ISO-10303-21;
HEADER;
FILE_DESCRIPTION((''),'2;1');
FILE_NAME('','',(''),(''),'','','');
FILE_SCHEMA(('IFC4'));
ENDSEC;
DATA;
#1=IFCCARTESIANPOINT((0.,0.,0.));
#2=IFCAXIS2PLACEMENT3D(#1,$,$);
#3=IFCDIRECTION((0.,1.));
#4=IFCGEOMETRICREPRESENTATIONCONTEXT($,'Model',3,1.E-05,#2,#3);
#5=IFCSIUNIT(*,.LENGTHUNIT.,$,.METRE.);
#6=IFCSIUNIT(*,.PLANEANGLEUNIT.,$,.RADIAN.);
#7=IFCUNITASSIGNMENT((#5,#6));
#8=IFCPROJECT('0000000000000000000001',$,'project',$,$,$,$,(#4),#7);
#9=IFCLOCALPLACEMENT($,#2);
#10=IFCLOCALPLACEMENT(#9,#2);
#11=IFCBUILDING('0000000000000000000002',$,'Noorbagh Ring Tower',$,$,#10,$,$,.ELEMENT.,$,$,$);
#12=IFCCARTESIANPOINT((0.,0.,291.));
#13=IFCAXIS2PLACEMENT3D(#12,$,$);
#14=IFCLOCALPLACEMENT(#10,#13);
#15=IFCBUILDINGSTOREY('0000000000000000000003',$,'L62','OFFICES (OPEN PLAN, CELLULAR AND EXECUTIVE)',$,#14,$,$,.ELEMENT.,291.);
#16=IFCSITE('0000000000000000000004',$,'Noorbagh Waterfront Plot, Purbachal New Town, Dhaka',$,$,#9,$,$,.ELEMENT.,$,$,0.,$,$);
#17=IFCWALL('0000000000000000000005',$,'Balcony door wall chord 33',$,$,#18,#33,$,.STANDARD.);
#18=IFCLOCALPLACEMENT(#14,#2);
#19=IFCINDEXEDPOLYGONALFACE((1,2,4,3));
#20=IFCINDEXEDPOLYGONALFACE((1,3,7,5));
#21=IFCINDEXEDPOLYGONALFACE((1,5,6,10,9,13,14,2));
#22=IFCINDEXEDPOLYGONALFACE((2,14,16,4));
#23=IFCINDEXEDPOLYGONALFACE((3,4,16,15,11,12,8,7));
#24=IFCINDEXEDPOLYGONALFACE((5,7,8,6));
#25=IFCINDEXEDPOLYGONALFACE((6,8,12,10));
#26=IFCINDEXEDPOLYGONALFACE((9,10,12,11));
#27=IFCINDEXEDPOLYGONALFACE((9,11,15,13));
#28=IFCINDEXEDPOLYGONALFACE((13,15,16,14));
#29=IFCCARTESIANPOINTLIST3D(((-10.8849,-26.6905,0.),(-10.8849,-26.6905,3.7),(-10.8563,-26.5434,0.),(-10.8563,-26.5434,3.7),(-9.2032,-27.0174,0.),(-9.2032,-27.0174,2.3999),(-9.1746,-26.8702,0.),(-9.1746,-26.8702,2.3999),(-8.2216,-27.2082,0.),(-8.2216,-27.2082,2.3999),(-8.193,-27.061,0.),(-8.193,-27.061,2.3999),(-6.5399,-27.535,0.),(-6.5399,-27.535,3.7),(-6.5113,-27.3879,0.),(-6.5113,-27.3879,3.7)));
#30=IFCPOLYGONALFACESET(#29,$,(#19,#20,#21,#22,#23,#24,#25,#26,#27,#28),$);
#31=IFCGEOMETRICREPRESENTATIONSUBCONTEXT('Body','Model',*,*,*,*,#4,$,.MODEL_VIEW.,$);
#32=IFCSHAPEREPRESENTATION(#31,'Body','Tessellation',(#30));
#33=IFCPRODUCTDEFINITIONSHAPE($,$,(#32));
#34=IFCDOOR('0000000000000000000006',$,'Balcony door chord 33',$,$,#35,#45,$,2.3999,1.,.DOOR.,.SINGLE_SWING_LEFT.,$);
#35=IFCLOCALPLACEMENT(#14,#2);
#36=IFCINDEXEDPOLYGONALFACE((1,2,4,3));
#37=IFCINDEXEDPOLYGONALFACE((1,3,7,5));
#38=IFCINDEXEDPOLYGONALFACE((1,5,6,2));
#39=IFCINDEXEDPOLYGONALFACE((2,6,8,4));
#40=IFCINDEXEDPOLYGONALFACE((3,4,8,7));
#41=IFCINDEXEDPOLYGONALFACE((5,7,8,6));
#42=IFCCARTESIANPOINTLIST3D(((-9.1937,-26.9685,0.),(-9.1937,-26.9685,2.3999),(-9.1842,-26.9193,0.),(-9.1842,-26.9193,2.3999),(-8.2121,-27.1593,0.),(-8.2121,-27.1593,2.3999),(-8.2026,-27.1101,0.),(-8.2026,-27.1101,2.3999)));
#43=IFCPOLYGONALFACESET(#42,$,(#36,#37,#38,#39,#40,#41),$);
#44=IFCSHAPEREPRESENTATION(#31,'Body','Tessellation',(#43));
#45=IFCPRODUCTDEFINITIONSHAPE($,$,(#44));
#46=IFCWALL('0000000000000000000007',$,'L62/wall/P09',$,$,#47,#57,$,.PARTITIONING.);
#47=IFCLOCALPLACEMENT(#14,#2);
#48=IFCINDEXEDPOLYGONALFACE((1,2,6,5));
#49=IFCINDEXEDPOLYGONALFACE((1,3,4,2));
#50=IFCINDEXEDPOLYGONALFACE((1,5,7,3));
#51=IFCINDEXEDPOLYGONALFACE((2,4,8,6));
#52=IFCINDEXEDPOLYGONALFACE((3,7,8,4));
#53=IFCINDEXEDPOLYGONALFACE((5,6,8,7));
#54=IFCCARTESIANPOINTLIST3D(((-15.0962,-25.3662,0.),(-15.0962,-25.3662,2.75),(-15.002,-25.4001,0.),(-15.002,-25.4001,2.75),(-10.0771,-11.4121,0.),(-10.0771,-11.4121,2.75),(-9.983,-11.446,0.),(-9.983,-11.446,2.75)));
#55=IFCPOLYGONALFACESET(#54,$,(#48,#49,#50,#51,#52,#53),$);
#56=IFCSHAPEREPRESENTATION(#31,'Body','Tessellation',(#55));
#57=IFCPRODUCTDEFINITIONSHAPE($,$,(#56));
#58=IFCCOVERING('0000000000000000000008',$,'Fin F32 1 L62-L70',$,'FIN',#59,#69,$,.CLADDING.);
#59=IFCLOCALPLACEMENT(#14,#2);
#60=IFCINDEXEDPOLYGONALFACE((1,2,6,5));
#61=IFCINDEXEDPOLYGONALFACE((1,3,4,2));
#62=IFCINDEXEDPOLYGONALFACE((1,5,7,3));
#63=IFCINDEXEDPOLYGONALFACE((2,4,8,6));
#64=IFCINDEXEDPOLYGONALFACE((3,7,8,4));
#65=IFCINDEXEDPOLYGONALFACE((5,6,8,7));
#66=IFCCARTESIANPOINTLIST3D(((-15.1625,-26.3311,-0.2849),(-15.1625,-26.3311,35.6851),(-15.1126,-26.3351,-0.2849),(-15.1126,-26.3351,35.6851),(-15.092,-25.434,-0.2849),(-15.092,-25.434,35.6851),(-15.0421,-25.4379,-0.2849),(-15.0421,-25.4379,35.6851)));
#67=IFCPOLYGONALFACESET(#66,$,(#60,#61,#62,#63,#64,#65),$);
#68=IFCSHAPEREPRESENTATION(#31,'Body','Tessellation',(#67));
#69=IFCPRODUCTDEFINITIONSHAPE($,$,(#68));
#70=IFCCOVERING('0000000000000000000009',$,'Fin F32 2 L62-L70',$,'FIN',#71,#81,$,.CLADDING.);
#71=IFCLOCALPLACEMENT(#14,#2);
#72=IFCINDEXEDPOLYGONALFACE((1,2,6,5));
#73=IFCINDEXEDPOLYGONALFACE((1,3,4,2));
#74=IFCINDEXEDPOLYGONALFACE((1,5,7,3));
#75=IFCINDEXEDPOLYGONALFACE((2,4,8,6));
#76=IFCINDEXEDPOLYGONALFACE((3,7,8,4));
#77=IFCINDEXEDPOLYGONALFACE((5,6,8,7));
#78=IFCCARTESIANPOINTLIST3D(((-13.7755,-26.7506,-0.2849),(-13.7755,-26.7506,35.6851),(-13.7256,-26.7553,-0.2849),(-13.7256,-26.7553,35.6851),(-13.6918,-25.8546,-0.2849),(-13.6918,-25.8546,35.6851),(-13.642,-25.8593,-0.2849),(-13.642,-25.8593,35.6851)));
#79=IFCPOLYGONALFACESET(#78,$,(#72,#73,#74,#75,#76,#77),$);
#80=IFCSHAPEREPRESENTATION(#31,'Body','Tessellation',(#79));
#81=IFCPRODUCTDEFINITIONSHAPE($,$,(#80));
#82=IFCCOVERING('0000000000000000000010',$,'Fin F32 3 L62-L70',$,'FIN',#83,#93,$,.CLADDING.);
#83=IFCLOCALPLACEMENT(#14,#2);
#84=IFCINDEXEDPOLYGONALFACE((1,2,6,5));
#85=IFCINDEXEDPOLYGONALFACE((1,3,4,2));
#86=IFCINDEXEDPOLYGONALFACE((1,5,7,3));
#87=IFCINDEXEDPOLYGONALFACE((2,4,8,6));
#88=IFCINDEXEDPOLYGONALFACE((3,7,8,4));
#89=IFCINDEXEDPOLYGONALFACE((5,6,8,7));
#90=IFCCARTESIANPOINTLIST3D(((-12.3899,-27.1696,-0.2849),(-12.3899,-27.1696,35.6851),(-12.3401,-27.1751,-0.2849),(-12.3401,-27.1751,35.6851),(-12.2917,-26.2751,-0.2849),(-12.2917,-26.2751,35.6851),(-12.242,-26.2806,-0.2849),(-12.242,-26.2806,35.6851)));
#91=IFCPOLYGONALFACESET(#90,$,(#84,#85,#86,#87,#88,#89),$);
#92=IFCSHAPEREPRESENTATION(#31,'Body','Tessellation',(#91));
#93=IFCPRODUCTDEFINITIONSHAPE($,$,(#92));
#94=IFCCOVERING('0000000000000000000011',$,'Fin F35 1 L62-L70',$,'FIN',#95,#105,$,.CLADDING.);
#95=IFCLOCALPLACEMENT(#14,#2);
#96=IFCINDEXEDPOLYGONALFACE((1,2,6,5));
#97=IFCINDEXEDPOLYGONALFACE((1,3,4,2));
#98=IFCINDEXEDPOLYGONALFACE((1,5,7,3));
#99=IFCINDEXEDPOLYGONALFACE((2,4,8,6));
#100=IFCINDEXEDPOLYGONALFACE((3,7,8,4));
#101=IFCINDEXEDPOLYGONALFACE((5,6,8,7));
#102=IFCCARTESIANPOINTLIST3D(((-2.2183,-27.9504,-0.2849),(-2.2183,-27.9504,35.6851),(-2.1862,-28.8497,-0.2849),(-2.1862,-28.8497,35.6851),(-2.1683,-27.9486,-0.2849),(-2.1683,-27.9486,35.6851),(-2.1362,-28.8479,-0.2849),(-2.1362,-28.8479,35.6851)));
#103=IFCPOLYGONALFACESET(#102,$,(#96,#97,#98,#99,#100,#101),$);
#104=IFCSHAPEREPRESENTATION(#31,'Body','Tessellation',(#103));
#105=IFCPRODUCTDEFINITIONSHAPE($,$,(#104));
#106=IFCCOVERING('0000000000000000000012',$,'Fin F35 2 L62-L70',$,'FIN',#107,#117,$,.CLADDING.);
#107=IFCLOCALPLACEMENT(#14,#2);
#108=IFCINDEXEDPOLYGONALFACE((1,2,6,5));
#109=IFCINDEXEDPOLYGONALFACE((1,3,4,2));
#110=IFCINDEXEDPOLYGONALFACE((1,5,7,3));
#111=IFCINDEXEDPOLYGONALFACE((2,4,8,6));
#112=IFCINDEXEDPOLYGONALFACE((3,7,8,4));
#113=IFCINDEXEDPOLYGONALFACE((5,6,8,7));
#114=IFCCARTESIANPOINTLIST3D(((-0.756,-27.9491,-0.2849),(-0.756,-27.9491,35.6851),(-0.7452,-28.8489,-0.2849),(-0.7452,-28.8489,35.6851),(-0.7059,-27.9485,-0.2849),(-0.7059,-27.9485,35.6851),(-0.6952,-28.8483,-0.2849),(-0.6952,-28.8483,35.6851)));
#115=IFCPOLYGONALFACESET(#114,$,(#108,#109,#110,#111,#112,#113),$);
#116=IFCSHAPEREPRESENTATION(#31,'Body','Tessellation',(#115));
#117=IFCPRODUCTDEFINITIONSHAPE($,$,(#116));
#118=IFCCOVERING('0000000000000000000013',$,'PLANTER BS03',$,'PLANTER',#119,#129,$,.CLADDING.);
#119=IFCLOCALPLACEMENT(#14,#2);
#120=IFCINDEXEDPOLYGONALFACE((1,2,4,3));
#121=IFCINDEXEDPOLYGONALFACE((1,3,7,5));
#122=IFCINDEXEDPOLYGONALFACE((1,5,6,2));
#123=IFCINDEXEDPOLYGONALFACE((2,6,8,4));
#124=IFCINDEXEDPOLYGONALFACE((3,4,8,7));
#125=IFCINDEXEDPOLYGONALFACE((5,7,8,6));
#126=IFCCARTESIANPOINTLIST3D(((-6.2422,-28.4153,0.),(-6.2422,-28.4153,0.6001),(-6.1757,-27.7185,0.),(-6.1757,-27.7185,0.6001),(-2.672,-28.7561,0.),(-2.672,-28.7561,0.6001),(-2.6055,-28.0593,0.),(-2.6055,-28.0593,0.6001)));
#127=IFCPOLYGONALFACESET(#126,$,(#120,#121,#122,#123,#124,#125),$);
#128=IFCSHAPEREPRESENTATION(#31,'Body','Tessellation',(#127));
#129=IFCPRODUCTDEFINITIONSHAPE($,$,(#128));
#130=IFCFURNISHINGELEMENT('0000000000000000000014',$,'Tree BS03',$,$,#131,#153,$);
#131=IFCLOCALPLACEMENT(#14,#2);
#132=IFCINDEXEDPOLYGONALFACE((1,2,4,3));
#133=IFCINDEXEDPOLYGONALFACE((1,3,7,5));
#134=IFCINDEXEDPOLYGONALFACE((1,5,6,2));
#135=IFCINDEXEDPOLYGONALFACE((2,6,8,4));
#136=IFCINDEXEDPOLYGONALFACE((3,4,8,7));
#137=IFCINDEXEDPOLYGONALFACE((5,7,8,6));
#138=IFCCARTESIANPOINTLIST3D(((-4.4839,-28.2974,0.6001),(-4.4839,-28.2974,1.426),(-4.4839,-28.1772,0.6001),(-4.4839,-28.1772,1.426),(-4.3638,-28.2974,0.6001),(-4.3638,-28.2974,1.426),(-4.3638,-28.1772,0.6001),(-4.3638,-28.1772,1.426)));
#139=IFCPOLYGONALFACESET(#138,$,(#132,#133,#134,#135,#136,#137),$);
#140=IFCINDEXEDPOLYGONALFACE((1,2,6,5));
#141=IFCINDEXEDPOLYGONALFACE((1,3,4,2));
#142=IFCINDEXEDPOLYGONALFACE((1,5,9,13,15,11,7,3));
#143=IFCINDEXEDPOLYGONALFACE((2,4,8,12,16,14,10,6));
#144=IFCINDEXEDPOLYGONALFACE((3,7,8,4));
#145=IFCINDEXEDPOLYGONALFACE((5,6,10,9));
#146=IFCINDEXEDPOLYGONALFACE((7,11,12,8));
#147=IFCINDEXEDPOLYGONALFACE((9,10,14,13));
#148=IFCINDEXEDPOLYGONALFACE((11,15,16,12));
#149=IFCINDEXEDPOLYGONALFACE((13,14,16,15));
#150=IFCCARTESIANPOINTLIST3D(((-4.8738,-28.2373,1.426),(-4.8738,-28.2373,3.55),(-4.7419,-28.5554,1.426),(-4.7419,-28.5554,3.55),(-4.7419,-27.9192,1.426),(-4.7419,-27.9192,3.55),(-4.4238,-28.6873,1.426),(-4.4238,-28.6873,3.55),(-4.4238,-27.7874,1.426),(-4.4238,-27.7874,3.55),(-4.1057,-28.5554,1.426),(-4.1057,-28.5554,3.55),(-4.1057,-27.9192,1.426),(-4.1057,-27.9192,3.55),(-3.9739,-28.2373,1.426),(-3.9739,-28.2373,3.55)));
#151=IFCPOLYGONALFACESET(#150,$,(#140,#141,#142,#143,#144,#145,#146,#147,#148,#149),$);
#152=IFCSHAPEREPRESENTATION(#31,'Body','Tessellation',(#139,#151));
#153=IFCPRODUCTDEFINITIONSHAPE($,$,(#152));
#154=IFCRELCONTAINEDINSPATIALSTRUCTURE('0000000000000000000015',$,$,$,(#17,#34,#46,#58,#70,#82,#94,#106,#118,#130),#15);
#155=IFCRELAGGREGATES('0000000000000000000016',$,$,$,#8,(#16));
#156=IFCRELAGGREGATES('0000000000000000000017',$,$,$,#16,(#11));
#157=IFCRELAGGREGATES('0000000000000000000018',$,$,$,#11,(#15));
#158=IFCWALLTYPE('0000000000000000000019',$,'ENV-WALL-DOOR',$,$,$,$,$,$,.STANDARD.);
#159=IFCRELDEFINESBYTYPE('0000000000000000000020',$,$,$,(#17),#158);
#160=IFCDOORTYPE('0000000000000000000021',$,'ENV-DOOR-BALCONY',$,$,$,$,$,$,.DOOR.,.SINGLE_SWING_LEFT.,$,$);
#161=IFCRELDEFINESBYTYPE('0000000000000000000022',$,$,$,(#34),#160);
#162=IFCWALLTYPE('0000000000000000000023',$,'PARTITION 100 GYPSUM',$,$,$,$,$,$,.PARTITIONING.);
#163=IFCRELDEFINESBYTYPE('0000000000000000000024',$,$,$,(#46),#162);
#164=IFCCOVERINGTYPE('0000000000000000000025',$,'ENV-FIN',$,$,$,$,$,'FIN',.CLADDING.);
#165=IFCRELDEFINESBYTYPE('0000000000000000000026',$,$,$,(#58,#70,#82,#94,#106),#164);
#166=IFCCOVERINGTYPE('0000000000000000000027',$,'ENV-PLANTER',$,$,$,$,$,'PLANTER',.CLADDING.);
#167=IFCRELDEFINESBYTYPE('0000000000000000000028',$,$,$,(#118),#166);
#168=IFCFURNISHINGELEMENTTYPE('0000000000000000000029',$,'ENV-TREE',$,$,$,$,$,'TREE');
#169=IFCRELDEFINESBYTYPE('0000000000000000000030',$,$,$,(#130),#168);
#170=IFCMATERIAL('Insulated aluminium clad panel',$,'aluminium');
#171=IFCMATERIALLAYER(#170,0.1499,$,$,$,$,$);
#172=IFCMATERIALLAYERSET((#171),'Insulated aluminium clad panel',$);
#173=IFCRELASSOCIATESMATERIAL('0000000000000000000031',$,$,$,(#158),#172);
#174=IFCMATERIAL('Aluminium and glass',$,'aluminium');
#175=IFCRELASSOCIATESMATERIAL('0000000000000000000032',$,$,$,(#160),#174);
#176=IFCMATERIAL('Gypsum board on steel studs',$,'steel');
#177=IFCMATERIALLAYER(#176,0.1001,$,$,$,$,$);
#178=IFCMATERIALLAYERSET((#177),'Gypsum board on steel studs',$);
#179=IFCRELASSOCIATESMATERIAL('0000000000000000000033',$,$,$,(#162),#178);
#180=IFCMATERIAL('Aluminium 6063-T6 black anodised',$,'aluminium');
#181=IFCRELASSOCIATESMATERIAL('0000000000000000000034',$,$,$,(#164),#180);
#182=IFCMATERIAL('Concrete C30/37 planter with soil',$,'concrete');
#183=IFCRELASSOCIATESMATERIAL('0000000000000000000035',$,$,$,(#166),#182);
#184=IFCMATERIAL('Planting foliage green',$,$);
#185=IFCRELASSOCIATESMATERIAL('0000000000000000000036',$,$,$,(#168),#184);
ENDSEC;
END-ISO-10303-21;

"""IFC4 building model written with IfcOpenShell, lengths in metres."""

from ifc_helpers import new_model, si_unit, direction, frame, frame_2d, origin, origin_2d, place, context, subcontext, project, spatial, polyline, rectangle, outline, extrude, material, layer, layer_set, material_profile, profile_set, type_object, element, fill, save


model = new_model("IFC4")

# Units and contexts
model_context = context("Model", 3, precision=1e-05, world=origin(), true_north=direction((0.0, 1.0)))
body_context = subcontext(model_context, "Body", "Model", "MODEL_VIEW")
ifc_project = project(units=[si_unit("LENGTHUNIT", "METRE"), si_unit("PLANEANGLEUNIT", "RADIAN")], contexts=[model_context])

# Site, building, storey
site_placement = place(None, origin())
site = spatial("IfcSite", under=ifc_project, at=site_placement, Name="Noorbagh Waterfront Plot, Purbachal New Town, Dhaka", CompositionType="ELEMENT", RefElevation=0.0)
building_placement = place(site_placement, origin())
building = spatial("IfcBuilding", under=site, at=building_placement, Name="Noorbagh Ring Tower", CompositionType="ELEMENT")
storey_placement = place(building_placement, frame((0.0, 0.0, 291.0)))
storey = spatial("IfcBuildingStorey", under=building, at=storey_placement, Name="L62", Description="OFFICES (OPEN PLAN, CELLULAR AND EXECUTIVE)", CompositionType="ELEMENT", Elevation=291.0)

# Wall, opening, door
ifc_material_1 = material(Name="Insulated aluminium clad panel", Category="aluminium")
ifc_layer_1 = layer(ifc_material_1, 0.1499)
ifc_layer_set_1 = layer_set([ifc_layer_1], Name="Insulated aluminium clad panel")
wall_type_1 = type_object("IfcWallType", Name="ENV-WALL-DOOR", PredefinedType="STANDARD", material=ifc_layer_set_1)
wall_1_placement = place(storey_placement, frame((-10.8706, -26.6169, 0.0), z_axis=(0.0, 0.0, 1.0), x_axis=(0.981631, -0.190788, 0.0)))
wall_1 = element("IfcWall", 1, at=wall_1_placement, inside=storey, type_object=wall_type_1, Name="Balcony door wall chord 33", PredefinedType="STANDARD", context=body_context, shape_type="SweptSolid", body=[
    extrude(rectangle(XDim=4.4263, YDim=0.1499, at=frame_2d((2.2131, 0.0))), origin(), (0.0, 0.0, 1.0), 3.7),
])
opening_placement = place(wall_1_placement, frame((1.7131, 0.0, 0.0)))
opening = element("IfcOpeningElement", 2, at=opening_placement, cuts=wall_1, PredefinedType="OPENING", context=body_context, shape_type="SweptSolid", body=[
    extrude(rectangle(XDim=1.0, YDim=2.3999, at=frame_2d((0.5, 1.2))), frame((0.0, 0.085, 0.0), z_axis=(0.0, -1.0, 0.0), x_axis=(1.0, 0.0, 0.0)), (0.0, 0.0, 1.0), 0.1699),
])
ifc_material_2 = material(Name="Aluminium and glass", Category="aluminium")
door_type = type_object("IfcDoorType", Name="ENV-DOOR-BALCONY", OperationType="SINGLE_SWING_LEFT", PredefinedType="DOOR", material=ifc_material_2)
door_placement = place(opening_placement, origin())
door = element("IfcDoor", 3, at=door_placement, inside=storey, type_object=door_type, Name="Balcony door chord 33", OperationType="SINGLE_SWING_LEFT", OverallHeight=2.3999, OverallWidth=1.0, PredefinedType="DOOR", context=body_context, shape_type="SweptSolid", body=[
    extrude(rectangle(XDim=1.0, YDim=2.3999, at=frame_2d((0.5, 1.2))), frame((0.0, 0.0249, 0.0), z_axis=(0.0, -1.0, 0.0), x_axis=(1.0, 0.0, 0.0)), (0.0, 0.0, 1.0), 0.05),
])
fill(opening, door)

# Wall
ifc_material_3 = material(Name="Gypsum board on steel studs", Category="steel")
ifc_layer_2 = layer(ifc_material_3, 0.1001)
ifc_layer_set_2 = layer_set([ifc_layer_2], Name="Gypsum board on steel studs")
wall_type_2 = type_object("IfcWallType", Name="PARTITION 100 GYPSUM", PredefinedType="PARTITIONING", material=ifc_layer_set_2)
wall_2_placement = place(storey_placement, frame((-15.0491, -25.3831, 0.0), z_axis=(0.0, 0.0, 1.0), x_axis=(0.338455, 0.940983, 0.0)))
element("IfcWall", 4, at=wall_2_placement, inside=storey, type_object=wall_type_2, Name="L62/wall/P09", PredefinedType="PARTITIONING", context=body_context, shape_type="SweptSolid", body=[
    extrude(rectangle(XDim=14.8293, YDim=0.1001, at=frame_2d((7.4146, 0.0))), origin(), (0.0, 0.0, 1.0), 2.75),
])

# Coverings
ifc_material_4 = material(Name="Aluminium 6063-T6 black anodised", Category="aluminium")
ifc_material_profile_1 = material_profile(ifc_material_4, rectangle(XDim=0.8999, YDim=0.05, at=origin_2d()), Name="900x50")
ifc_profile_set_1 = profile_set([ifc_material_profile_1], Name="Aluminium 6063-T6 black anodised")
covering_type_1 = type_object("IfcCoveringType", Name="ENV-FIN", ElementType="FIN", PredefinedType="CLADDING", material=ifc_profile_set_1)
for number, where, z_axis, x_axis, name in (
    (5, (-15.1023, -25.8845, -0.2849), (0.0, 0.0, 1.0), (-0.078357, -0.996925, 0.0), "Fin F32 1 L62-L70"),
    (6, (-13.7087, -26.3049, -0.2849), (0.0, 0.0, 1.0), (-0.092918, -0.995674, 0.0), "Fin F32 2 L62-L70"),
    (7, (-12.3159, -26.7251, -0.2849), (0.0, 0.0, 1.0), (-0.109101, -0.994031, 0.0), "Fin F32 3 L62-L70"),
    (8, (-2.1772, -28.3992, -0.2849), (0.0, 0.0, 1.0), (0.035641, -0.999365, 0.0), "Fin F35 1 L62-L70"),
    (9, (-0.7256, -28.3987, -0.2849), (0.0, 0.0, 1.0), (0.011915, -0.999929, 0.0), "Fin F35 2 L62-L70"),
):
    element("IfcCovering", number, at=place(storey_placement, frame(where, z_axis=z_axis, x_axis=x_axis)), inside=storey, type_object=covering_type_1, Name=name, ObjectType="FIN", PredefinedType="CLADDING", context=body_context, shape_type="SweptSolid", body=[
        extrude(rectangle(XDim=0.8999, YDim=0.05, at=origin_2d()), origin(), (0.0, 0.0, 1.0), 35.97),
    ])

# Covering
ifc_material_5 = material(Name="Concrete C30/37 planter with soil", Category="concrete")
covering_type_2 = type_object("IfcCoveringType", Name="ENV-PLANTER", ElementType="PLANTER", PredefinedType="CLADDING", material=ifc_material_5)
covering_placement = place(storey_placement, frame((-4.4238, -28.2373, 0.0), z_axis=(0.0, 0.0, 1.0), x_axis=(0.995476, -0.095008, 0.0)))
element("IfcCovering", 10, at=covering_placement, inside=storey, type_object=covering_type_2, Name="PLANTER BS03", ObjectType="PLANTER", PredefinedType="CLADDING", context=body_context, shape_type="SweptSolid", body=[
    extrude(rectangle(XDim=3.5864, YDim=0.7, at=origin_2d()), origin(), (0.0, 0.0, 1.0), 0.6001),
])

# Furnishing element
ifc_material_6 = material(Name="Planting foliage green")
furnishing_element_type = type_object("IfcFurnishingElementType", Name="ENV-TREE", ElementType="TREE", material=ifc_material_6)
furnishing_placement = place(storey_placement, frame((-4.4238, -28.2373, 0.6001), z_axis=(0.0, 0.0, 1.0), x_axis=(1.0, 0.0, 0.0)))
element("IfcFurnishingElement", 11, at=furnishing_placement, inside=storey, type_object=furnishing_element_type, Name="Tree BS03", context=body_context, shape_type="SweptSolid", body=[
    extrude(rectangle(XDim=0.1201, YDim=0.1201, at=origin_2d()), origin(), (0.0, 0.0, 1.0), 0.8259),
    extrude(outline(polyline([(0.45, 0.0), (0.3181, 0.3181), (0.0, 0.45), (-0.3181, 0.3181), (-0.45, 0.0), (-0.3181, -0.3181), (0.0, -0.45), (0.3181, -0.3181), (0.45, 0.0)])), frame((0.0, 0.0, 0.8259)), (0.0, 0.0, 1.0), 2.124),
])

save(model, "model.ifc")
